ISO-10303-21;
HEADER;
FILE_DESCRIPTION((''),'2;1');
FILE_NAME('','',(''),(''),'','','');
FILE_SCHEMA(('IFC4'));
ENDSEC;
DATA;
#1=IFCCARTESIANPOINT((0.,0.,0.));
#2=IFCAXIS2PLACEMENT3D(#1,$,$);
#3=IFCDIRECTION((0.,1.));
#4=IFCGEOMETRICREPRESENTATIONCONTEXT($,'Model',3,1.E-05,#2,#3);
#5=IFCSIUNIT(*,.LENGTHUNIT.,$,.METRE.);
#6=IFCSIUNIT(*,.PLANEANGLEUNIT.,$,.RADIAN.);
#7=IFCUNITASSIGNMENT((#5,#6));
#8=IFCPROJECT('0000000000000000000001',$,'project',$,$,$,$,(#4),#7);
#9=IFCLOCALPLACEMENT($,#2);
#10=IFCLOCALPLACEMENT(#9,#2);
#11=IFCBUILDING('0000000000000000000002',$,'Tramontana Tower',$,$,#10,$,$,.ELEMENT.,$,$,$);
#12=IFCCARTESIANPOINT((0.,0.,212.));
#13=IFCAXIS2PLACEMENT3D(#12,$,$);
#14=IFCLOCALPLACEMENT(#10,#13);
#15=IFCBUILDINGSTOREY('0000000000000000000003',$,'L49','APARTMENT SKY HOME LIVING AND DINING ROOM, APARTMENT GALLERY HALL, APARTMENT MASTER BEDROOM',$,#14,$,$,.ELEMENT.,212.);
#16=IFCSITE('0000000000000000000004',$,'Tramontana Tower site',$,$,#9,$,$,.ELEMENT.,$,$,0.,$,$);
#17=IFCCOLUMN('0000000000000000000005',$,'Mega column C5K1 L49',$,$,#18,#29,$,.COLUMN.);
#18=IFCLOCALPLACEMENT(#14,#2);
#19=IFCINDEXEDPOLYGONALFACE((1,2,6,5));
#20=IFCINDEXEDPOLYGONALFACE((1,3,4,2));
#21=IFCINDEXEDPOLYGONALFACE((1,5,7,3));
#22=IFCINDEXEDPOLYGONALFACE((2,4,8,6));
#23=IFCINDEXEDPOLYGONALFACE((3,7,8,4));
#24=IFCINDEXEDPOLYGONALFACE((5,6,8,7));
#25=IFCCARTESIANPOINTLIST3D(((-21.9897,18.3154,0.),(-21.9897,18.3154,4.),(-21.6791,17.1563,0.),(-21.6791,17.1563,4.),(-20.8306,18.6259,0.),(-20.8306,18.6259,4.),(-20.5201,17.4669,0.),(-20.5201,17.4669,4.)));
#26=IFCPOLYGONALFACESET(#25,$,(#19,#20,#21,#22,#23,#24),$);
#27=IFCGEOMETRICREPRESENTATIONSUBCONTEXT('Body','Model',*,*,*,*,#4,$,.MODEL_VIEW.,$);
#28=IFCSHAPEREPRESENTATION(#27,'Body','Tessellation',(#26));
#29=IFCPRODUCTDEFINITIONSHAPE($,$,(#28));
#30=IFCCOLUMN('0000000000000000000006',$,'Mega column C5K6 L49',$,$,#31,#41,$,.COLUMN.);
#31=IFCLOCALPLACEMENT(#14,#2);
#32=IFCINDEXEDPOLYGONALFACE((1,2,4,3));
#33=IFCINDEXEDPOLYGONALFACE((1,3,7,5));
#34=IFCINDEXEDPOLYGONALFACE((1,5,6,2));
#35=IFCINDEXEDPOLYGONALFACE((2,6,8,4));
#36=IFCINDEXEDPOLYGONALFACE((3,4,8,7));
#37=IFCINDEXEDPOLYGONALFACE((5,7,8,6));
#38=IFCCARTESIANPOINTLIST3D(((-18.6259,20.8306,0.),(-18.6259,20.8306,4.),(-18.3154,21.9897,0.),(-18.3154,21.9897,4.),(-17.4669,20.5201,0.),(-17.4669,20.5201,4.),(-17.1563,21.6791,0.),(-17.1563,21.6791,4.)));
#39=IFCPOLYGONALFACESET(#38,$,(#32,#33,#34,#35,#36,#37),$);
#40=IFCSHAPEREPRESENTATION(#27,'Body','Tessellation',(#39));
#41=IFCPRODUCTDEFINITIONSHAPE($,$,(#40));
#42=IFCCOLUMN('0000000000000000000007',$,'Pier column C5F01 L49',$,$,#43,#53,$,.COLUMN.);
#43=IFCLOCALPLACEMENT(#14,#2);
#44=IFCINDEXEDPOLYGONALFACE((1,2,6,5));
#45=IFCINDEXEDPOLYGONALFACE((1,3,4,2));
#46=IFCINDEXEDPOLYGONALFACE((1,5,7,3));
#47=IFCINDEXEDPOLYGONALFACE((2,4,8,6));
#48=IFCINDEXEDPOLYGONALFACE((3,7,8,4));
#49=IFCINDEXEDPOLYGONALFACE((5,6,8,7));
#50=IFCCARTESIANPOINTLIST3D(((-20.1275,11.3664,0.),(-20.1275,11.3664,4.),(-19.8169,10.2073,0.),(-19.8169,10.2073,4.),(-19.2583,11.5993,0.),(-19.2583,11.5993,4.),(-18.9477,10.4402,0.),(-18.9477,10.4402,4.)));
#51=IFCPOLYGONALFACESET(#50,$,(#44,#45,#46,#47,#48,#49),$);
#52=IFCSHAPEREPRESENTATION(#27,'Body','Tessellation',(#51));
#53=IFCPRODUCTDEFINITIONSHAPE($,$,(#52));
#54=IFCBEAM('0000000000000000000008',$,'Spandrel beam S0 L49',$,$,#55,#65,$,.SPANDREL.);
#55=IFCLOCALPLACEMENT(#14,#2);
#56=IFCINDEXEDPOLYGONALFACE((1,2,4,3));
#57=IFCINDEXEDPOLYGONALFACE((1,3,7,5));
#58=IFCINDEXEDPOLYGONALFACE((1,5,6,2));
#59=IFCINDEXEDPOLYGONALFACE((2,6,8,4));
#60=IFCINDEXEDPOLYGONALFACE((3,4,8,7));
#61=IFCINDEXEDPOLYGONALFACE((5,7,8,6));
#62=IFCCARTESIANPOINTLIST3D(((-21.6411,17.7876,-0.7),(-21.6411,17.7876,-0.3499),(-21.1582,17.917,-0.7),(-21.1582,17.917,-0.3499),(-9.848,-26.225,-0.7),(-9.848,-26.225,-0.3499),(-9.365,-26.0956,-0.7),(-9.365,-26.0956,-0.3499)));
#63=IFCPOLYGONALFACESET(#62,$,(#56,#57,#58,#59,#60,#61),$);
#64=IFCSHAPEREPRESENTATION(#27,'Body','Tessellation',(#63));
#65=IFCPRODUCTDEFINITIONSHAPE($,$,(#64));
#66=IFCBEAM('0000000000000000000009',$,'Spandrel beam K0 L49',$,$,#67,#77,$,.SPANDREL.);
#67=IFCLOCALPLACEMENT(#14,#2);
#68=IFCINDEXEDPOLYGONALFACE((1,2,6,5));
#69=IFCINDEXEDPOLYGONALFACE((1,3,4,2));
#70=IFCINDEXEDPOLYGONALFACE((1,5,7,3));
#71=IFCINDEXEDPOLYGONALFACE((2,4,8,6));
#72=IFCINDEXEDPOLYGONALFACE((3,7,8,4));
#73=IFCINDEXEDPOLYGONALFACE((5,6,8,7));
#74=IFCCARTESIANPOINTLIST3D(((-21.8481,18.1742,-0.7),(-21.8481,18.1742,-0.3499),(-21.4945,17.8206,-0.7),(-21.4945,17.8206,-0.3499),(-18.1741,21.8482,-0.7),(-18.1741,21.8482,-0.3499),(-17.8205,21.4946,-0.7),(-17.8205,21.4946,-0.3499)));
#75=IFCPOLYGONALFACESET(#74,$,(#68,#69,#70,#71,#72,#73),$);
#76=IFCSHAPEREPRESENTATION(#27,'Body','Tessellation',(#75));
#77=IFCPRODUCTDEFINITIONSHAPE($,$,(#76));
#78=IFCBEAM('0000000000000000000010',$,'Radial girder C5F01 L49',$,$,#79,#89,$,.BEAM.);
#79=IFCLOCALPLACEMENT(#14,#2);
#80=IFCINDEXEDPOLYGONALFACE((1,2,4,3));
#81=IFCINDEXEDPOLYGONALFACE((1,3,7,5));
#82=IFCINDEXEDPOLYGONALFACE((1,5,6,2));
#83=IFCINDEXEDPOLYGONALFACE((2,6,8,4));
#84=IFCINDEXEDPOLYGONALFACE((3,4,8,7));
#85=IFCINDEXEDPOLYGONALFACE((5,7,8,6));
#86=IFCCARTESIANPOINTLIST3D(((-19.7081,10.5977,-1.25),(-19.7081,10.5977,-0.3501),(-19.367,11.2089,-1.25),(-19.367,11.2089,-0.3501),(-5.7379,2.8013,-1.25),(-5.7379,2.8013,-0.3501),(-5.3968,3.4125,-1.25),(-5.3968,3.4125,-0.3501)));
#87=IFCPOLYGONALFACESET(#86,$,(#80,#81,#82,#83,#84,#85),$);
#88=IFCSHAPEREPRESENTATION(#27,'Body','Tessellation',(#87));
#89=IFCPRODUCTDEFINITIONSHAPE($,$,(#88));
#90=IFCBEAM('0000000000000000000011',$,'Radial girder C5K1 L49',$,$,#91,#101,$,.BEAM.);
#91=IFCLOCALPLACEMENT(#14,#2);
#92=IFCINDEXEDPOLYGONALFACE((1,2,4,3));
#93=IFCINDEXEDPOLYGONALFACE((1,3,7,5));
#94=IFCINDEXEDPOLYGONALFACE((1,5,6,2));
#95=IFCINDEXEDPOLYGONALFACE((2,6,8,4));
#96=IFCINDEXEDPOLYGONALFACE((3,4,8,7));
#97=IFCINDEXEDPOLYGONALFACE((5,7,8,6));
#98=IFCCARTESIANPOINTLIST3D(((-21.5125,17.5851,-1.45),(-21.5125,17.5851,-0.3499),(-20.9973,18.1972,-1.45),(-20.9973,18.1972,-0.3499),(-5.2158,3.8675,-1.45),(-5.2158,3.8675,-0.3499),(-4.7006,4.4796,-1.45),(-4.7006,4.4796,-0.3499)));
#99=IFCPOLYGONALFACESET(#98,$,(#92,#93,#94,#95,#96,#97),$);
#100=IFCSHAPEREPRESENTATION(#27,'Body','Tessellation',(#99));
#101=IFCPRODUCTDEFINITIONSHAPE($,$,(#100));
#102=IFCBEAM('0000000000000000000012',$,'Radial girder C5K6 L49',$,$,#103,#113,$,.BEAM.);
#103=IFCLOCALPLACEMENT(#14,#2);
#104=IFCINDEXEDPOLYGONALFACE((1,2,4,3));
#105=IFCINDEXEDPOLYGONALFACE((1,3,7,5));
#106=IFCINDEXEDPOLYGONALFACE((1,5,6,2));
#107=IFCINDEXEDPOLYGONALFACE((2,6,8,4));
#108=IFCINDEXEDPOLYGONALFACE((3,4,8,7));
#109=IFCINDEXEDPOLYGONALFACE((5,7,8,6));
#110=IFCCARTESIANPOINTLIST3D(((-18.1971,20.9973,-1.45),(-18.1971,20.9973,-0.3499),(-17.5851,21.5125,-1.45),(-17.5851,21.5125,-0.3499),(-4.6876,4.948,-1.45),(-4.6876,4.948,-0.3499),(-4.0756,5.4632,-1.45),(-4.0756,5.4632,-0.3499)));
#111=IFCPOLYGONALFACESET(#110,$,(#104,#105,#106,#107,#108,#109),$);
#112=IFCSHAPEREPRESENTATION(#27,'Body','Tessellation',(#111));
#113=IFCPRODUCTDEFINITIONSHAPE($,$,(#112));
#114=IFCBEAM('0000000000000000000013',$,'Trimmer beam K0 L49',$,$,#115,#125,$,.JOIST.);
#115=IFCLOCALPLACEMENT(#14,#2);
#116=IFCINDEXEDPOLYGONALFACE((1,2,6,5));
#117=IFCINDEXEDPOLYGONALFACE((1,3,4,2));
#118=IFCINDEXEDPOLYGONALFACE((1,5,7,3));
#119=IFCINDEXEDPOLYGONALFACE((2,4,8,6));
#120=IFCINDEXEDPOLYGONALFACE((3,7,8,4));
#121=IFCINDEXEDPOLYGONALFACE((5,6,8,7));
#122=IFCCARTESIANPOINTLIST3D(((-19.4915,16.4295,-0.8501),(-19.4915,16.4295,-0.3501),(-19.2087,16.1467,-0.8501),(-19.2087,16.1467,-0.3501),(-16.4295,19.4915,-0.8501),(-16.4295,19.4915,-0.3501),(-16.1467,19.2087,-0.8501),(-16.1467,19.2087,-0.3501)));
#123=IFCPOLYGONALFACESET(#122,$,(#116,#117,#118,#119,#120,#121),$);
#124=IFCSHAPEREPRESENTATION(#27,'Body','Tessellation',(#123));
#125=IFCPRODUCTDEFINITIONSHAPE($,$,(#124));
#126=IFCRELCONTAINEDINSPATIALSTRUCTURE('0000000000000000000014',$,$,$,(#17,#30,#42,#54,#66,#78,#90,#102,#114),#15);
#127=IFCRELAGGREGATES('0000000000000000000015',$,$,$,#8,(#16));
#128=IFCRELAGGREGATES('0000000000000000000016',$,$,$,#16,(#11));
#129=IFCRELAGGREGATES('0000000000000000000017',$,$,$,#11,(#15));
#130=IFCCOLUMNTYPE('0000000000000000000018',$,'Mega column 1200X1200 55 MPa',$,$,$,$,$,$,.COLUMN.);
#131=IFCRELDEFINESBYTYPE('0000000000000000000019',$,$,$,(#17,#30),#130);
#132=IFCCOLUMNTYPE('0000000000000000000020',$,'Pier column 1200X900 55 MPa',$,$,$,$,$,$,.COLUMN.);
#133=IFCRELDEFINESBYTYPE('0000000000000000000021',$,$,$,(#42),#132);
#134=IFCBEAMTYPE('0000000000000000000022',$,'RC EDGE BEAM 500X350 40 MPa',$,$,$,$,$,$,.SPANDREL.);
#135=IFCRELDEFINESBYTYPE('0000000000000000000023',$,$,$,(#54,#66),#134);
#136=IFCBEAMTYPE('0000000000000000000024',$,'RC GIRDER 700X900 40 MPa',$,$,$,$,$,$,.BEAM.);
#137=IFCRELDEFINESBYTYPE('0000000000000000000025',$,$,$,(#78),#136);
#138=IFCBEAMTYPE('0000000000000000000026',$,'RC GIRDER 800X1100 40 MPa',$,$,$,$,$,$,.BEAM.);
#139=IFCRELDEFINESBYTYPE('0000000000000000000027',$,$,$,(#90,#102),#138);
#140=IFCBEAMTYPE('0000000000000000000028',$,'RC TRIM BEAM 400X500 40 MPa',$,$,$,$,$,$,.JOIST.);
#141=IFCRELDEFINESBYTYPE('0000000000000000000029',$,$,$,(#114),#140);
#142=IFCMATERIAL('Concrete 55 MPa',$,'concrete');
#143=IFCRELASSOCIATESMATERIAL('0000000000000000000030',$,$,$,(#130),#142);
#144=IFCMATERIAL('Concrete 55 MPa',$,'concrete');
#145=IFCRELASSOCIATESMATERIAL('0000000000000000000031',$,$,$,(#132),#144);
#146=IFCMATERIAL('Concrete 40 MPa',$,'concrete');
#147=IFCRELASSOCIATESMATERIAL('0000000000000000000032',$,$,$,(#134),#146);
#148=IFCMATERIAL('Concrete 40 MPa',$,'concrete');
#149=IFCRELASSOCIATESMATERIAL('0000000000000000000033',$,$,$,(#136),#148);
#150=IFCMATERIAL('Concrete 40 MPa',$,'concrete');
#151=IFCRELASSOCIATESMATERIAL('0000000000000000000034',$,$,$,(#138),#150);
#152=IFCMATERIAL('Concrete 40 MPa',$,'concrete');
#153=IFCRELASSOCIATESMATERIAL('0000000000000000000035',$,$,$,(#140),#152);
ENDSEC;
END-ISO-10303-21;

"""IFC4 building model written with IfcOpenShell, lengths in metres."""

from ifc_helpers import new_model, si_unit, direction, frame, origin, origin_2d, place, context, subcontext, project, spatial, rectangle, extrude, material, material_profile, profile_set, type_object, element, save


model = new_model("IFC4")

# Units and contexts
model_context = context("Model", 3, precision=1e-05, world=origin(), true_north=direction((0.0, 1.0)))
body_context = subcontext(model_context, "Body", "Model", "MODEL_VIEW")
ifc_project = project(units=[si_unit("LENGTHUNIT", "METRE"), si_unit("PLANEANGLEUNIT", "RADIAN")], contexts=[model_context])

# Site, building, storey
site_placement = place(None, origin())
site = spatial("IfcSite", under=ifc_project, at=site_placement, Name="Tramontana Tower site", CompositionType="ELEMENT", RefElevation=0.0)
building_placement = place(site_placement, origin())
building = spatial("IfcBuilding", under=site, at=building_placement, Name="Tramontana Tower", CompositionType="ELEMENT")
storey_placement = place(building_placement, frame((0.0, 0.0, 212.0)))
storey = spatial("IfcBuildingStorey", under=building, at=storey_placement, Name="L49", Description="APARTMENT SKY HOME LIVING AND DINING ROOM, APARTMENT GALLERY HALL, APARTMENT MASTER BEDROOM", CompositionType="ELEMENT", Elevation=212.0)

# Columns
ifc_material_1 = material(Name="Concrete 55 MPa", Category="concrete")
ifc_material_profile_1 = material_profile(ifc_material_1, rectangle(XDim=1.2, YDim=1.2, at=origin_2d()), Name="Mega column 1200X1200 55 MPa")
ifc_profile_set_1 = profile_set([ifc_material_profile_1], Name="Concrete 55 MPa")
column_type_1 = type_object("IfcColumnType", Name="Mega column 1200X1200 55 MPa", PredefinedType="COLUMN", material=ifc_profile_set_1)
for number, where, z_axis, x_axis, name in (
    (1, (-21.2549, 17.8911, 0.0), (0.0, 0.0, 1.0), (0.258819, -0.965926, 0.0), "Mega column C5K1 L49"),
    (2, (-17.8911, 21.2549, 0.0), (0.0, 0.0, 1.0), (-0.965926, 0.258819, 0.0), "Mega column C5K6 L49"),
):
    element("IfcColumn", number, at=place(storey_placement, frame(where, z_axis=z_axis, x_axis=x_axis)), inside=storey, type_object=column_type_1, Name=name, PredefinedType="COLUMN", context=body_context, shape_type="SweptSolid", body=[
        extrude(rectangle(XDim=1.2, YDim=1.2, at=origin_2d()), origin(), (0.0, 0.0, 1.0), 4.0),
    ])
ifc_material_2 = material(Name="Concrete 55 MPa", Category="concrete")
ifc_material_profile_2 = material_profile(ifc_material_2, rectangle(XDim=1.2, YDim=0.8999, at=origin_2d()), Name="Pier column 1200X900 55 MPa")
ifc_profile_set_2 = profile_set([ifc_material_profile_2], Name="Concrete 55 MPa")
column_type_2 = type_object("IfcColumnType", Name="Pier column 1200X900 55 MPa", PredefinedType="COLUMN", material=ifc_profile_set_2)
column_placement = place(storey_placement, frame((-19.5376, 10.9033, 0.0), z_axis=(0.0, 0.0, 1.0), x_axis=(0.258819, -0.965926, 0.0)))
element("IfcColumn", 3, at=column_placement, inside=storey, type_object=column_type_2, Name="Pier column C5F01 L49", PredefinedType="COLUMN", context=body_context, shape_type="SweptSolid", body=[
    extrude(rectangle(XDim=1.2, YDim=0.8999, at=origin_2d()), origin(), (0.0, 0.0, 1.0), 4.0),
])

# Beams
ifc_material_3 = material(Name="Concrete 40 MPa", Category="concrete")
ifc_material_profile_3 = material_profile(ifc_material_3, rectangle(XDim=0.5, YDim=0.3501, at=origin_2d()), Name="RC EDGE BEAM 500X350 40 MPa")
ifc_profile_set_3 = profile_set([ifc_material_profile_3], Name="Concrete 40 MPa")
beam_type_1 = type_object("IfcBeamType", Name="RC EDGE BEAM 500X350 40 MPa", PredefinedType="SPANDREL", material=ifc_profile_set_3)
beam_1_placement = place(storey_placement, frame((-21.3997, 17.8523, -0.5249), z_axis=(0.25882, -0.965926, 0.0), x_axis=(0.965926, 0.25882, 0.0)))
element("IfcBeam", 4, at=beam_1_placement, inside=storey, type_object=beam_type_1, Name="Spandrel beam S0 L49", PredefinedType="SPANDREL", context=body_context, shape_type="SweptSolid", body=[
    extrude(rectangle(XDim=0.5, YDim=0.3501, at=origin_2d()), origin(), (0.0, 0.0, 1.0), 45.5652),
])
beam_2_placement = place(storey_placement, frame((-17.9973, 21.6714, -0.5249), z_axis=(-0.707107, -0.707107, 0.0), x_axis=(0.707107, -0.707107, 0.0)))
element("IfcBeam", 5, at=beam_2_placement, inside=storey, type_object=beam_type_1, Name="Spandrel beam K0 L49", PredefinedType="SPANDREL", context=body_context, shape_type="SweptSolid", body=[
    extrude(rectangle(XDim=0.5, YDim=0.3501, at=origin_2d()), origin(), (0.0, 0.0, 1.0), 5.1958),
])
ifc_material_4 = material(Name="Concrete 40 MPa", Category="concrete")
ifc_material_profile_4 = material_profile(ifc_material_4, rectangle(XDim=0.7, YDim=0.8999, at=origin_2d()), Name="RC GIRDER 700X900 40 MPa")
ifc_profile_set_4 = profile_set([ifc_material_profile_4], Name="Concrete 40 MPa")
beam_type_2 = type_object("IfcBeamType", Name="RC GIRDER 700X900 40 MPa", PredefinedType="BEAM", material=ifc_profile_set_4)
beam_3_placement = place(storey_placement, frame((-19.5376, 10.9033, -0.8), z_axis=(0.873223, -0.487321, 0.0), x_axis=(0.487321, 0.873223, 0.0)))
element("IfcBeam", 6, at=beam_3_placement, inside=storey, type_object=beam_type_2, Name="Radial girder C5F01 L49", PredefinedType="BEAM", context=body_context, shape_type="SweptSolid", body=[
    extrude(rectangle(XDim=0.7, YDim=0.8999, at=origin_2d()), origin(), (0.0, 0.0, 1.0), 15.9985),
])
ifc_material_5 = material(Name="Concrete 40 MPa", Category="concrete")
ifc_material_profile_5 = material_profile(ifc_material_5, rectangle(XDim=0.8, YDim=1.1001, at=origin_2d()), Name="RC GIRDER 800X1100 40 MPa")
ifc_profile_set_5 = profile_set([ifc_material_profile_5], Name="Concrete 40 MPa")
beam_type_3 = type_object("IfcBeamType", Name="RC GIRDER 800X1100 40 MPa", PredefinedType="BEAM", material=ifc_profile_set_5)
beam_4_placement = place(storey_placement, frame((-21.2549, 17.8911, -0.8999), z_axis=(0.765049, -0.643972, 0.0), x_axis=(0.643972, 0.765049, 0.0)))
element("IfcBeam", 7, at=beam_4_placement, inside=storey, type_object=beam_type_3, Name="Radial girder C5K1 L49", PredefinedType="BEAM", context=body_context, shape_type="SweptSolid", body=[
    extrude(rectangle(XDim=0.8, YDim=1.1001, at=origin_2d()), origin(), (0.0, 0.0, 1.0), 21.3015),
])
beam_5_placement = place(storey_placement, frame((-17.8911, 21.2549, -0.8999), z_axis=(0.643977, -0.765045, 0.0), x_axis=(0.765045, 0.643977, 0.0)))
element("IfcBeam", 8, at=beam_5_placement, inside=storey, type_object=beam_type_3, Name="Radial girder C5K6 L49", PredefinedType="BEAM", context=body_context, shape_type="SweptSolid", body=[
    extrude(rectangle(XDim=0.8, YDim=1.1001, at=origin_2d()), origin(), (0.0, 0.0, 1.0), 20.9783),
])
ifc_material_6 = material(Name="Concrete 40 MPa", Category="concrete")
ifc_material_profile_6 = material_profile(ifc_material_6, rectangle(XDim=0.3999, YDim=0.5, at=origin_2d()), Name="RC TRIM BEAM 400X500 40 MPa")
ifc_profile_set_6 = profile_set([ifc_material_profile_6], Name="Concrete 40 MPa")
beam_type_4 = type_object("IfcBeamType", Name="RC TRIM BEAM 400X500 40 MPa", PredefinedType="JOIST", material=ifc_profile_set_6)
beam_6_placement = place(storey_placement, frame((-16.2881, 19.3501, -0.6001), z_axis=(-0.707107, -0.707107, 0.0), x_axis=(0.707107, -0.707107, 0.0)))
element("IfcBeam", 9, at=beam_6_placement, inside=storey, type_object=beam_type_4, Name="Trimmer beam K0 L49", PredefinedType="JOIST", context=body_context, shape_type="SweptSolid", body=[
    extrude(rectangle(XDim=0.3999, YDim=0.5, at=origin_2d()), origin(), (0.0, 0.0, 1.0), 4.3303),
])

save(model, "model.ifc")
